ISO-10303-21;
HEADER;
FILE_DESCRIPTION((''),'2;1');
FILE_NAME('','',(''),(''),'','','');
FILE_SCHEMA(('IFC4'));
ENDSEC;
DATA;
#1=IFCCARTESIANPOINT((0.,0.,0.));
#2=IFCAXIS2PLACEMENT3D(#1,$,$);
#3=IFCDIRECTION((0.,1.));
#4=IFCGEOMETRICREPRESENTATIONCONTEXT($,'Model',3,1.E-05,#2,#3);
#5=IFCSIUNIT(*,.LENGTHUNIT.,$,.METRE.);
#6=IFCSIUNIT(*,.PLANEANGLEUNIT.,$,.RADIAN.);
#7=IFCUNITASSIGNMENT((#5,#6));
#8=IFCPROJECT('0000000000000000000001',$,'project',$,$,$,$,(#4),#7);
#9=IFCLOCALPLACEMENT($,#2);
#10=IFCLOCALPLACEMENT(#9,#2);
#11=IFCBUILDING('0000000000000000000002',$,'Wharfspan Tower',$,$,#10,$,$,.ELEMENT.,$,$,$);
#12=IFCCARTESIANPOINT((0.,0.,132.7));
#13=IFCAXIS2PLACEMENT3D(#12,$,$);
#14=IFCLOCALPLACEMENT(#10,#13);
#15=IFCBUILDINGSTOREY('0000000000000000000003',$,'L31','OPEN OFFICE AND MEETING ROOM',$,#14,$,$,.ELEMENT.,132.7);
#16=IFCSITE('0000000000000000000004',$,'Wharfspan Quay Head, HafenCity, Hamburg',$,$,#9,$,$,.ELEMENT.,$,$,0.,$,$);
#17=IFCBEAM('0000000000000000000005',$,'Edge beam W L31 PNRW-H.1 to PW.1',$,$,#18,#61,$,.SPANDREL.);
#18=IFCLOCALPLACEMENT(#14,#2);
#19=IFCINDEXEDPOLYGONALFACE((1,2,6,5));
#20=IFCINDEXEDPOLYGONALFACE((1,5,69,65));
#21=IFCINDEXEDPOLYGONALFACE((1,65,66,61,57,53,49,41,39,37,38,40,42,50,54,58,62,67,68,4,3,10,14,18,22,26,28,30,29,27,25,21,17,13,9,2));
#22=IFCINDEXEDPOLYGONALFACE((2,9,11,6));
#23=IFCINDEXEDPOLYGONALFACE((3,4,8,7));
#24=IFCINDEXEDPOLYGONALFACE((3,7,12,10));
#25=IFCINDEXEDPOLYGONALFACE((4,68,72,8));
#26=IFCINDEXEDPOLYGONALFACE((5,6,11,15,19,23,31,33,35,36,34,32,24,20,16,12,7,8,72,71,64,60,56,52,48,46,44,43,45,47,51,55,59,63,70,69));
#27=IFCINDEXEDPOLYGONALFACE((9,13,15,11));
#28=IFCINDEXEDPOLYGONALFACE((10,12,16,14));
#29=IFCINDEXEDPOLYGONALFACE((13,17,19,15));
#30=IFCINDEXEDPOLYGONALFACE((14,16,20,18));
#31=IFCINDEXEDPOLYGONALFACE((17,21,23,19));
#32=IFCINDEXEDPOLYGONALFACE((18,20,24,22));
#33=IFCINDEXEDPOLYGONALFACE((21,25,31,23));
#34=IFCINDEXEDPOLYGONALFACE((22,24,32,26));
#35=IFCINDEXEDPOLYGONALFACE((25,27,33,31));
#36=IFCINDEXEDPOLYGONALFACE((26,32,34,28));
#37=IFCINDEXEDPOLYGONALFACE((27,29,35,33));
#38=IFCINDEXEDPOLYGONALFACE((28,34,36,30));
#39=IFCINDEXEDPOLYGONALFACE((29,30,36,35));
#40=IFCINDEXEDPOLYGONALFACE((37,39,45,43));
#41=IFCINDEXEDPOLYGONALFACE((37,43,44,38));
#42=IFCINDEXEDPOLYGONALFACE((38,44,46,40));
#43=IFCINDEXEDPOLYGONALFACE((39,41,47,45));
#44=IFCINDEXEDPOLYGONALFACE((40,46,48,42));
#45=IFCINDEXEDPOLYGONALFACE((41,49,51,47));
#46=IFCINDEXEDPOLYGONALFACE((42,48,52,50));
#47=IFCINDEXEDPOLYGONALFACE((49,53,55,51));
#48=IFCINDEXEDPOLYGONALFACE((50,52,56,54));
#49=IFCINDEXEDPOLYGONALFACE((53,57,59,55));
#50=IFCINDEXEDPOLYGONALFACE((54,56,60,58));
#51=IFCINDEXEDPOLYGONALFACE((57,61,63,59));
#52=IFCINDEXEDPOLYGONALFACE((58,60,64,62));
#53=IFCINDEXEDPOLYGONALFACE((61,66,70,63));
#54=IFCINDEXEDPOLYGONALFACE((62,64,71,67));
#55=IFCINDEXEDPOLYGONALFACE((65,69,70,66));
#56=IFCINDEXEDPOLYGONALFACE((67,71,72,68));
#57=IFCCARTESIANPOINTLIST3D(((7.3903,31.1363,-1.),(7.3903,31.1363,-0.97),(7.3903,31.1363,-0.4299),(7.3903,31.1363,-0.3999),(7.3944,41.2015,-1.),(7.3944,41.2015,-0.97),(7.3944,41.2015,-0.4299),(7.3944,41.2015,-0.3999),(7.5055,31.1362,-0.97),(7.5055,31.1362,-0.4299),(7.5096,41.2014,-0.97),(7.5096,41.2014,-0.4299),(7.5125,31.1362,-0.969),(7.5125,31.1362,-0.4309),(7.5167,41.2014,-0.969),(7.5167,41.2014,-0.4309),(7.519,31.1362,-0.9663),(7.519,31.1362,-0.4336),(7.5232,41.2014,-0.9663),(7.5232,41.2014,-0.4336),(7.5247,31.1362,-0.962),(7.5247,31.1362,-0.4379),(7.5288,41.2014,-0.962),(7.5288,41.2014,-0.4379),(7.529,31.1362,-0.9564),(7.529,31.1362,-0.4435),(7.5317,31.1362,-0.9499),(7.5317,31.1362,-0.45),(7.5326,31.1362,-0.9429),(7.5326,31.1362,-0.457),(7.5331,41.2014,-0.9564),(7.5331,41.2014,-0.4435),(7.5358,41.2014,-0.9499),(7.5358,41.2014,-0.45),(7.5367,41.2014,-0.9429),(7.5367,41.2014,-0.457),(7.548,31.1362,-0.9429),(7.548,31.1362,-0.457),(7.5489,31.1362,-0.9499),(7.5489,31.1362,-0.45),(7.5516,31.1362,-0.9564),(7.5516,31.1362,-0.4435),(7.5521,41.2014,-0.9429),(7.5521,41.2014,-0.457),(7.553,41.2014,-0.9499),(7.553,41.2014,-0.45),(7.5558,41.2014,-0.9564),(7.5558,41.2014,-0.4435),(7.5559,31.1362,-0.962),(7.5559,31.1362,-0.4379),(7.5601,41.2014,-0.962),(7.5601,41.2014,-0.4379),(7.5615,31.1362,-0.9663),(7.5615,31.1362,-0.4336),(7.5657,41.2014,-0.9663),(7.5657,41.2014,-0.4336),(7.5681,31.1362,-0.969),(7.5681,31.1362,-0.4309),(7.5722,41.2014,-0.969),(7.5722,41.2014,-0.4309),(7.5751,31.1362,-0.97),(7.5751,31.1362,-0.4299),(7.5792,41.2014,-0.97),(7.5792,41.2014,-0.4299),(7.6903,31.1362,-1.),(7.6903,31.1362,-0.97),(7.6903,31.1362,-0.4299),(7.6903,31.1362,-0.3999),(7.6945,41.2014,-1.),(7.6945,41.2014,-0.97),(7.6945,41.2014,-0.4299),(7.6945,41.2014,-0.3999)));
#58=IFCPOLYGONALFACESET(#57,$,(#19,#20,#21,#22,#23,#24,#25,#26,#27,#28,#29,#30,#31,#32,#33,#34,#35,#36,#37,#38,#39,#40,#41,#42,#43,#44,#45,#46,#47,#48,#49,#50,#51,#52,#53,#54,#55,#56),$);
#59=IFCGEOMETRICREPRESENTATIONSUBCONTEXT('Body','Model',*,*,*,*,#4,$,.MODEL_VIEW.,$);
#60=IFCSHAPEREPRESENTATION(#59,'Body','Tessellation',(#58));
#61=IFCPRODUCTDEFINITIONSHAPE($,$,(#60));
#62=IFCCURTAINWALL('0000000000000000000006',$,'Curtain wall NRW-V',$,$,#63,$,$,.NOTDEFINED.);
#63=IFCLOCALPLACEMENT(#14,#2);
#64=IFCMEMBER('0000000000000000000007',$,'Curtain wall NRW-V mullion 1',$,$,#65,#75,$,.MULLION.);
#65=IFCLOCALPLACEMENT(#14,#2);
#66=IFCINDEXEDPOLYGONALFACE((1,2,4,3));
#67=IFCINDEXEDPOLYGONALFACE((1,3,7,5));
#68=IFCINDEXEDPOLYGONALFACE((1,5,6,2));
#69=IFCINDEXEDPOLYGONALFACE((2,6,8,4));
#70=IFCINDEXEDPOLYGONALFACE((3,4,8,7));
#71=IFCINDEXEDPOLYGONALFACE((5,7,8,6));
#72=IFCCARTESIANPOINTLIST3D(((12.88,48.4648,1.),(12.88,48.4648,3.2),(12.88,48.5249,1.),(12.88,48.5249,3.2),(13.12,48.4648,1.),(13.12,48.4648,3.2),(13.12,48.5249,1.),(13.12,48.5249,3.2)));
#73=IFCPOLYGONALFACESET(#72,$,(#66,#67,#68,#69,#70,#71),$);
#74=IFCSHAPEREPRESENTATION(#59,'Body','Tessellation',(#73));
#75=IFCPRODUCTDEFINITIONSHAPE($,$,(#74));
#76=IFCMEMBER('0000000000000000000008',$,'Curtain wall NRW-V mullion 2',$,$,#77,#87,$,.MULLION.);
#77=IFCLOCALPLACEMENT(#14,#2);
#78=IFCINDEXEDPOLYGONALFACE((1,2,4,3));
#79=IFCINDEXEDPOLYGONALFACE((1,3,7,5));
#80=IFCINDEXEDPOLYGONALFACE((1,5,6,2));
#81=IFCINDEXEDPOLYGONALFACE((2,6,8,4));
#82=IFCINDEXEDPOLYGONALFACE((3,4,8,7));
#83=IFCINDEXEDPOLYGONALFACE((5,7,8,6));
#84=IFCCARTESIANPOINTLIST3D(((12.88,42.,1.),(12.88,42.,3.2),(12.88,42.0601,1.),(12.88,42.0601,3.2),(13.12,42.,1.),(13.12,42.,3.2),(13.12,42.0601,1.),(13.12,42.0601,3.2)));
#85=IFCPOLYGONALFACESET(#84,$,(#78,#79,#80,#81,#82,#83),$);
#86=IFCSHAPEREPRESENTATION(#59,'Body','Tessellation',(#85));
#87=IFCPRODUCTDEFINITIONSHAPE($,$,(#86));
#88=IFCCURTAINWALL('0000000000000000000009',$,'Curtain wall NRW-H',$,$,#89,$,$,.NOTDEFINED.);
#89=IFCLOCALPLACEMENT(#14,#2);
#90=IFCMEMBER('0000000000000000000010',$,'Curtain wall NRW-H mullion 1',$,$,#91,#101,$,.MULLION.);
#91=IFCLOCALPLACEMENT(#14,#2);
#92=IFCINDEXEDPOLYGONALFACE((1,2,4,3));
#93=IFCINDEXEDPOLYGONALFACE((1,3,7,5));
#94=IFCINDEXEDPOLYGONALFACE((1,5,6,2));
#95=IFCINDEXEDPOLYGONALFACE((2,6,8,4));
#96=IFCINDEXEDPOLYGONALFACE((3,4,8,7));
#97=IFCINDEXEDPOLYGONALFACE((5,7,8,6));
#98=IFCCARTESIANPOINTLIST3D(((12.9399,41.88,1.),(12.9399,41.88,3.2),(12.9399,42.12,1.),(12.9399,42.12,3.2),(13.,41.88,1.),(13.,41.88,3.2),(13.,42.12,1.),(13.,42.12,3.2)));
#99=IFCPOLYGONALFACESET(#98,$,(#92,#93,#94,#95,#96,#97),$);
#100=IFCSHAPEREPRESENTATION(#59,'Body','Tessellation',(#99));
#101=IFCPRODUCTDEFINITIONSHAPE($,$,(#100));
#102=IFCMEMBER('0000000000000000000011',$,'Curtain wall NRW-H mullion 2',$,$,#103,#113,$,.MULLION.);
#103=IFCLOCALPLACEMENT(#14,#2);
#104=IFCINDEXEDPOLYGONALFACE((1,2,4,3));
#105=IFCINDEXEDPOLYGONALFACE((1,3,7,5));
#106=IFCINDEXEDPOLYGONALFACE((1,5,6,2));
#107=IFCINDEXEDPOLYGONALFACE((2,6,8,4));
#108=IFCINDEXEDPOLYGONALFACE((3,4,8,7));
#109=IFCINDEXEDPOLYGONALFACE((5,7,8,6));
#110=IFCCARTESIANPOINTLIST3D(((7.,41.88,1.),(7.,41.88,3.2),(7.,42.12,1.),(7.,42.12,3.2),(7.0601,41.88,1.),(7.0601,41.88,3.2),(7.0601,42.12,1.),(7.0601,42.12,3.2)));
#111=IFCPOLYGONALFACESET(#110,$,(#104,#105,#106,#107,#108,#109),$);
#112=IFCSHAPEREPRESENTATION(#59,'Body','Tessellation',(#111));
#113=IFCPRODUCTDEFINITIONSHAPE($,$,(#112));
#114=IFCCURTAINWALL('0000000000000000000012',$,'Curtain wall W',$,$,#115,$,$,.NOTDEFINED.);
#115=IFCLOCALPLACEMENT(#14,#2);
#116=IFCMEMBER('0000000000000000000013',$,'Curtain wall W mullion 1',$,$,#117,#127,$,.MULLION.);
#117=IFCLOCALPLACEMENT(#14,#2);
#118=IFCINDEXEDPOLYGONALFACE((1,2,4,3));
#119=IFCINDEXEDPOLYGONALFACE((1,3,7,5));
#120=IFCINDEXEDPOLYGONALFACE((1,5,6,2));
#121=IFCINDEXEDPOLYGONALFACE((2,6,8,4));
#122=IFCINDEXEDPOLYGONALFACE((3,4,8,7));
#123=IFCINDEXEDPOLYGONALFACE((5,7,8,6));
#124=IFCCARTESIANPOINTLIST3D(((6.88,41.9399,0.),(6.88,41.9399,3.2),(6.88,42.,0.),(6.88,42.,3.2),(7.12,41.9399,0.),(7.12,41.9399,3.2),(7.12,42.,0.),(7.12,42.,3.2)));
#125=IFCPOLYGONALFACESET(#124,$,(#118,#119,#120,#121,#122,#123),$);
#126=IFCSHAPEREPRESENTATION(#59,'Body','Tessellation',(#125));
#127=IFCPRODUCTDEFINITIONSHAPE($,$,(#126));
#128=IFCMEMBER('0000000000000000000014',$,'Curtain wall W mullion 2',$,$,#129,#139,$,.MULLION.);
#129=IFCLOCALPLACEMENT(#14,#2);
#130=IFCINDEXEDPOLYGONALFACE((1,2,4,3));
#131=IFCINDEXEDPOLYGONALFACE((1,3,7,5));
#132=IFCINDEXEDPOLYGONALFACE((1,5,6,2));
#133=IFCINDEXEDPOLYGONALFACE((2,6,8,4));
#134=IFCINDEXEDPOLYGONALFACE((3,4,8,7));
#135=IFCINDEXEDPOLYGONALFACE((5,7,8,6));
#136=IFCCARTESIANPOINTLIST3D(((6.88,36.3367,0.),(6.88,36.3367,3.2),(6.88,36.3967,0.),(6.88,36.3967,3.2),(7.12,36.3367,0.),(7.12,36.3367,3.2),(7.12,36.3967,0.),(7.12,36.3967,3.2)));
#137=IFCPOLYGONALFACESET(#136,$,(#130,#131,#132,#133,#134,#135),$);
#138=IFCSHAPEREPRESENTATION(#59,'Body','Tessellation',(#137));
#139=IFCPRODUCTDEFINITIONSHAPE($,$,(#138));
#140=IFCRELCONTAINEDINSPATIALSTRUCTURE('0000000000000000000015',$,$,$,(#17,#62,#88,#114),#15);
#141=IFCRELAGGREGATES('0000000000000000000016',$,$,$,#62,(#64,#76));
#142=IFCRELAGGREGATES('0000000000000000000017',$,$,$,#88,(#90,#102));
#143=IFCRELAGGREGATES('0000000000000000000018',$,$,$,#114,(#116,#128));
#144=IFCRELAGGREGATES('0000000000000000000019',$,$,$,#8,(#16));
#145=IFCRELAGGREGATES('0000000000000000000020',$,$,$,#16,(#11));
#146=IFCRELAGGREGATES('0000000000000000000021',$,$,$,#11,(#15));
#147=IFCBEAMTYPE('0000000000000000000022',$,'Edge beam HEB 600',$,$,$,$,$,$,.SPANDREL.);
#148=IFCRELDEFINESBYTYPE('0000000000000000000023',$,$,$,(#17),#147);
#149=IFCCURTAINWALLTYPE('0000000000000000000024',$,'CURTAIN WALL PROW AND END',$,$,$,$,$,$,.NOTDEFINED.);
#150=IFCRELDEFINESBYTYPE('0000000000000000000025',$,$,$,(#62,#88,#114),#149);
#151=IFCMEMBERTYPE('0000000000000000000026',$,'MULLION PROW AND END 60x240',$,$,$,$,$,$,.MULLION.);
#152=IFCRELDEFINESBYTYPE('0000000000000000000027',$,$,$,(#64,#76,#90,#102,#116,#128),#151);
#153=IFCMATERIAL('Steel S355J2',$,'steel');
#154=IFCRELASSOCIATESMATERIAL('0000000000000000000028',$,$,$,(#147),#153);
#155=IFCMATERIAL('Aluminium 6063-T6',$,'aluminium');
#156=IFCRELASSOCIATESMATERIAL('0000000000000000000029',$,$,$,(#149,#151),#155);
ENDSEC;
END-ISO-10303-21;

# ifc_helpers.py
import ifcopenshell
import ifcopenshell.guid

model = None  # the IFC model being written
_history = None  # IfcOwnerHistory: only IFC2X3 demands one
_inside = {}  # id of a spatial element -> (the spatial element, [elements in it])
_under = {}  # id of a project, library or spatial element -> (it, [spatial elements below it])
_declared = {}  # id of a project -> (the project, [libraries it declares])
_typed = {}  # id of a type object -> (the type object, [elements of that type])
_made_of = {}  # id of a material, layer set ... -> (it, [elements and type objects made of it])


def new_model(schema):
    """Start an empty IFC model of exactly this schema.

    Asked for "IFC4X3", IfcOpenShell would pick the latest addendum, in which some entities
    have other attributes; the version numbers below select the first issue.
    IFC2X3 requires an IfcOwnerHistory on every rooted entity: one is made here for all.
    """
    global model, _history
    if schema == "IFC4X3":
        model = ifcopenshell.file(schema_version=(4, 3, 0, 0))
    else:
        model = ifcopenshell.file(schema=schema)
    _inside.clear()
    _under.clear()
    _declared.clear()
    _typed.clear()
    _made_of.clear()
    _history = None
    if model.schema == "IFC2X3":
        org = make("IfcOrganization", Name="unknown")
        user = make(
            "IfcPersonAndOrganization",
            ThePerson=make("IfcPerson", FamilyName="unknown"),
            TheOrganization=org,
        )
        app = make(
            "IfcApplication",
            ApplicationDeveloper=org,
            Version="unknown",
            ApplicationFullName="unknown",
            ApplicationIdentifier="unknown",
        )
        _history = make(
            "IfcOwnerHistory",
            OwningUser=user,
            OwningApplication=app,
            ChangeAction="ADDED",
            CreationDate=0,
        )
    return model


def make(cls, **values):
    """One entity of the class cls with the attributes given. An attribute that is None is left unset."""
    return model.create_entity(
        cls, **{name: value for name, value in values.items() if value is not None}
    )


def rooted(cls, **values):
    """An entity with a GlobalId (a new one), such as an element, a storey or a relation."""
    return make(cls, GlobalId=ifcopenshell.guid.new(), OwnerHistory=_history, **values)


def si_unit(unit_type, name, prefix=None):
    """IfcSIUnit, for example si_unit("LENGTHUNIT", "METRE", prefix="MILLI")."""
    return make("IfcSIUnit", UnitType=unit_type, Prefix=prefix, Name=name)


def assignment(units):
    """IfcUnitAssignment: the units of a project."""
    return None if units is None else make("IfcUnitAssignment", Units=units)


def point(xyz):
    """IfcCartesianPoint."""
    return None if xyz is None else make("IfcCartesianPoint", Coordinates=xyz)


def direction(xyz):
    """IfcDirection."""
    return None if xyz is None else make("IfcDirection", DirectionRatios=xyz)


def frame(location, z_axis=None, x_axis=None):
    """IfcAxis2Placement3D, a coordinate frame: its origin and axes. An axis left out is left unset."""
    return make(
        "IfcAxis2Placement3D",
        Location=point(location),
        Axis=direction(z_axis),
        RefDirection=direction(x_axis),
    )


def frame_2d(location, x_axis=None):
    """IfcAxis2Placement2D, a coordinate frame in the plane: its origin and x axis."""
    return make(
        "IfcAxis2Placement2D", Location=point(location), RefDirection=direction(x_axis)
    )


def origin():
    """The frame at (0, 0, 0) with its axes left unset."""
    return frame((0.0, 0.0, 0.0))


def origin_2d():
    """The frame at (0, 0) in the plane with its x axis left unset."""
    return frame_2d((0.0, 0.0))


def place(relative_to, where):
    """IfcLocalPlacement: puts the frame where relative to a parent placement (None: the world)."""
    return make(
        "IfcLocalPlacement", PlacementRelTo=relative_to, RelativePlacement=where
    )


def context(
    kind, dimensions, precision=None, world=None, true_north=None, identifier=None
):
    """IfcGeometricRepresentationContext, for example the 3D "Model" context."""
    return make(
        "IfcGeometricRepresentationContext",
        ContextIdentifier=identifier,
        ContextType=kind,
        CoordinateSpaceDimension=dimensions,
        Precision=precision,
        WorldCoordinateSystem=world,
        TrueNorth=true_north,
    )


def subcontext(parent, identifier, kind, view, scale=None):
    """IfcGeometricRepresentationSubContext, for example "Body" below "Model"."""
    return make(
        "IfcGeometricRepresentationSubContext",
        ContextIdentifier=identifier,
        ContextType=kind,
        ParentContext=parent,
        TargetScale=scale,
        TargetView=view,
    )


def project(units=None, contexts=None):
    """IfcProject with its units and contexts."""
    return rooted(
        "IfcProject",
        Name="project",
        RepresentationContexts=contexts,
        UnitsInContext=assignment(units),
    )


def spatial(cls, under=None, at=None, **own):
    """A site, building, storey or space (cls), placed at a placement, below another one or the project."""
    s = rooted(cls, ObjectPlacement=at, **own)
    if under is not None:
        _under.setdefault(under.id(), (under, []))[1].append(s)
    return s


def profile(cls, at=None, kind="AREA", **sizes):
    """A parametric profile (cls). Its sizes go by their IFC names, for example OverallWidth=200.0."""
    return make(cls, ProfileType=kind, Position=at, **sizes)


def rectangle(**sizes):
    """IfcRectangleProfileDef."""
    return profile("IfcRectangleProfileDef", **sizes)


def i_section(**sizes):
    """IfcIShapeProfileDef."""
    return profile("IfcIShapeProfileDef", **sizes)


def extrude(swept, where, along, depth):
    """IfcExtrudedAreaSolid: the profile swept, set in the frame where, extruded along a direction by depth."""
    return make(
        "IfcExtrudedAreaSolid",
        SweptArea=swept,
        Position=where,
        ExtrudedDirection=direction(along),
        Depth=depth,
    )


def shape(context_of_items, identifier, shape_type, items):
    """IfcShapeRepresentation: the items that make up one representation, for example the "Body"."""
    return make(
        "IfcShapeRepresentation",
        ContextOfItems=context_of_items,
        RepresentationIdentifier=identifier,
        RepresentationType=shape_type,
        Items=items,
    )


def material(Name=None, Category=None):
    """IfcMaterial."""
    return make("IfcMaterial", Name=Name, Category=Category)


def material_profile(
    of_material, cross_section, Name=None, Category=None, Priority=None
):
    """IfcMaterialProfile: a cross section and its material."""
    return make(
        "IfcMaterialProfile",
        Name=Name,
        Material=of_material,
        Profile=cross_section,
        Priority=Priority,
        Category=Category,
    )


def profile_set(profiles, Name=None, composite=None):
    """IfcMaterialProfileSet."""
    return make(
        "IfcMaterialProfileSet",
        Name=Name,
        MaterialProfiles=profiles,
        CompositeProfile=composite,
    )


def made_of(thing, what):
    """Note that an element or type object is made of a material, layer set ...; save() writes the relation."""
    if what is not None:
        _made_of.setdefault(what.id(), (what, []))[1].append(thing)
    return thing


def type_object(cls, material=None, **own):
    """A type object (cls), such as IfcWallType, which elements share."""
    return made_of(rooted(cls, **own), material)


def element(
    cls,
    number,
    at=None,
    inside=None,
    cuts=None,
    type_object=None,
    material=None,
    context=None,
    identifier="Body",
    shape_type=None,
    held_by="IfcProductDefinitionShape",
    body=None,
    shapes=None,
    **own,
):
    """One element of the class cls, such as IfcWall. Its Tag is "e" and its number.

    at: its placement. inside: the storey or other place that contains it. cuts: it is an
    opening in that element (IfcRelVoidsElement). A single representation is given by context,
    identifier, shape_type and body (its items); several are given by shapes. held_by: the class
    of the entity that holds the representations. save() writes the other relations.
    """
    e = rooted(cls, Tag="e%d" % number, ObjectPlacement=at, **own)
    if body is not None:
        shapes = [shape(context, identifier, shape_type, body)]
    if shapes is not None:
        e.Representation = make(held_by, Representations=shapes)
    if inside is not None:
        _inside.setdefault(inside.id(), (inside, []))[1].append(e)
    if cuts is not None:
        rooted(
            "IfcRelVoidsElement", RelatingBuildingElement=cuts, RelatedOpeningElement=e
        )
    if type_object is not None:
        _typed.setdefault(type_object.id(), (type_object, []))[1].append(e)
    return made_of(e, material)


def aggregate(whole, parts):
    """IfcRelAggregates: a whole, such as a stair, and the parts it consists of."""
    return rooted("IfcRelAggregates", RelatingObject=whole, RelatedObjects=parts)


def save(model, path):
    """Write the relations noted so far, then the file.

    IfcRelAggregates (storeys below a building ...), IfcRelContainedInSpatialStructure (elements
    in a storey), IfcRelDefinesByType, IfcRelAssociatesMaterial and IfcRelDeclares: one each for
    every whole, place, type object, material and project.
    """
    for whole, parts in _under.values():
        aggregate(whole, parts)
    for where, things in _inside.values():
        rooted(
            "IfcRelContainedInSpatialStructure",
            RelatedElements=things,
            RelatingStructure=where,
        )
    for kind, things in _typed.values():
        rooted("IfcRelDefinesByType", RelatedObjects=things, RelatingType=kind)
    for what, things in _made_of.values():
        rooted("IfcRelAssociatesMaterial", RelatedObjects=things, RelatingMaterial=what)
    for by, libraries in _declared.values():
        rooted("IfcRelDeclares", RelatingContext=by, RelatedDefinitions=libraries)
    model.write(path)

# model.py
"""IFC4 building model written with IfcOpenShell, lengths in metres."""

from ifc_helpers import new_model, si_unit, direction, frame, origin, origin_2d, place, context, subcontext, project, spatial, rectangle, i_section, extrude, material, material_profile, profile_set, type_object, element, aggregate, save


model = new_model("IFC4")

# Units and contexts
model_context = context("Model", 3, precision=1e-05, world=origin(), true_north=direction((0.0, 1.0)))
body_context = subcontext(model_context, "Body", "Model", "MODEL_VIEW")
ifc_project = project(units=[si_unit("LENGTHUNIT", "METRE"), si_unit("PLANEANGLEUNIT", "RADIAN")], contexts=[model_context])

# Site, building, storey
site_placement = place(None, origin())
site = spatial("IfcSite", under=ifc_project, at=site_placement, Name="Wharfspan Quay Head, HafenCity, Hamburg", CompositionType="ELEMENT", RefElevation=0.0)
building_placement = place(site_placement, origin())
building = spatial("IfcBuilding", under=site, at=building_placement, Name="Wharfspan Tower", CompositionType="ELEMENT")
storey_placement = place(building_placement, frame((0.0, 0.0, 132.7)))
storey = spatial("IfcBuildingStorey", under=building, at=storey_placement, Name="L31", Description="OPEN OFFICE AND MEETING ROOM", CompositionType="ELEMENT", Elevation=132.7)

# Shared definitions
ifc_material_1 = material(Name="Steel S355J2", Category="steel")

# Beam
ifc_material_profile_1 = material_profile(ifc_material_1, i_section(OverallWidth=0.3, OverallDepth=0.6001, WebThickness=0.0154, FlangeThickness=0.03, FilletRadius=0.0271, at=origin_2d()))
ifc_profile_set_1 = profile_set([ifc_material_profile_1], Name="Steel S355J2")
beam_type = type_object("IfcBeamType", Name="Edge beam HEB 600", PredefinedType="SPANDREL", material=ifc_profile_set_1)
beam_placement = place(storey_placement, frame((7.5444, 41.2014, -0.7), z_axis=(-0.000412, -1.0, 0.0), x_axis=(1.0, -0.000412, 0.0)))
element("IfcBeam", 1, at=beam_placement, inside=storey, type_object=beam_type, Name="Edge beam W L31 PNRW-H.1 to PW.1", PredefinedType="SPANDREL", context=body_context, shape_type="SweptSolid", body=[
    extrude(i_section(OverallWidth=0.3, OverallDepth=0.6001, WebThickness=0.0154, FlangeThickness=0.03, FilletRadius=0.0271, at=origin_2d()), origin(), (0.0, 0.0, 1.0), 10.0652),
])

# Curtain walls, members
ifc_material_2 = material(Name="Aluminium 6063-T6", Category="aluminium")
curtain_wall_type = type_object("IfcCurtainWallType", Name="CURTAIN WALL PROW AND END", PredefinedType="NOTDEFINED", material=ifc_material_2)
curtain_wall_1_placement = place(storey_placement, origin())
curtain_wall_1 = element("IfcCurtainWall", 2, at=curtain_wall_1_placement, inside=storey, type_object=curtain_wall_type, Name="Curtain wall NRW-V", PredefinedType="NOTDEFINED")
ifc_material_profile_2 = material_profile(ifc_material_2, rectangle(XDim=0.24, YDim=0.0601, at=origin_2d()))
ifc_profile_set_2 = profile_set([ifc_material_profile_2], Name="Aluminium 6063-T6")
member_type_1 = type_object("IfcMemberType", Name="MULLION PROW AND END 60x240", PredefinedType="MULLION", material=ifc_profile_set_2)
member_1_placement = place(storey_placement, frame((13.0, 48.4949, 1.0), z_axis=(0.0, 0.0, 1.0), x_axis=(1.0, 0.0, 0.0)))
member_1 = element("IfcMember", 3, at=member_1_placement, type_object=member_type_1, Name="Curtain wall NRW-V mullion 1", PredefinedType="MULLION", context=body_context, shape_type="SweptSolid", body=[
    extrude(rectangle(XDim=0.24, YDim=0.0601, at=origin_2d()), origin(), (0.0, 0.0, 1.0), 2.2),
])
member_2_placement = place(storey_placement, frame((13.0, 42.03, 1.0), z_axis=(0.0, 0.0, 1.0), x_axis=(1.0, 0.0, 0.0)))
member_2 = element("IfcMember", 4, at=member_2_placement, type_object=member_type_1, Name="Curtain wall NRW-V mullion 2", PredefinedType="MULLION", context=body_context, shape_type="SweptSolid", body=[
    extrude(rectangle(XDim=0.24, YDim=0.0601, at=origin_2d()), origin(), (0.0, 0.0, 1.0), 2.2),
])
curtain_wall_2_placement = place(storey_placement, origin())
curtain_wall_2 = element("IfcCurtainWall", 5, at=curtain_wall_2_placement, inside=storey, type_object=curtain_wall_type, Name="Curtain wall NRW-H", PredefinedType="NOTDEFINED")
member_3_placement = place(storey_placement, frame((12.97, 42.0, 1.0), z_axis=(0.0, 0.0, 1.0), x_axis=(0.0, -1.0, 0.0)))
member_3 = element("IfcMember", 6, at=member_3_placement, type_object=member_type_1, Name="Curtain wall NRW-H mullion 1", PredefinedType="MULLION", context=body_context, shape_type="SweptSolid", body=[
    extrude(rectangle(XDim=0.24, YDim=0.0601, at=origin_2d()), origin(), (0.0, 0.0, 1.0), 2.2),
])
member_4_placement = place(storey_placement, frame((7.03, 42.0, 1.0), z_axis=(0.0, 0.0, 1.0), x_axis=(0.0, -1.0, 0.0)))
member_4 = element("IfcMember", 7, at=member_4_placement, type_object=member_type_1, Name="Curtain wall NRW-H mullion 2", PredefinedType="MULLION", context=body_context, shape_type="SweptSolid", body=[
    extrude(rectangle(XDim=0.24, YDim=0.0601, at=origin_2d()), origin(), (0.0, 0.0, 1.0), 2.2),
])
curtain_wall_3_placement = place(storey_placement, origin())
curtain_wall_3 = element("IfcCurtainWall", 8, at=curtain_wall_3_placement, inside=storey, type_object=curtain_wall_type, Name="Curtain wall W", PredefinedType="NOTDEFINED")
member_5_placement = place(storey_placement, frame((7.0, 41.97, 0.0), z_axis=(0.0, 0.0, 1.0), x_axis=(1.0, 0.0, 0.0)))
member_5 = element("IfcMember", 9, at=member_5_placement, type_object=member_type_1, Name="Curtain wall W mullion 1", PredefinedType="MULLION", context=body_context, shape_type="SweptSolid", body=[
    extrude(rectangle(XDim=0.24, YDim=0.0601, at=origin_2d()), origin(), (0.0, 0.0, 1.0), 3.2),
])
member_6_placement = place(storey_placement, frame((7.0, 36.3667, 0.0), z_axis=(0.0, 0.0, 1.0), x_axis=(1.0, 0.0, 0.0)))
member_6 = element("IfcMember", 10, at=member_6_placement, type_object=member_type_1, Name="Curtain wall W mullion 2", PredefinedType="MULLION", context=body_context, shape_type="SweptSolid", body=[
    extrude(rectangle(XDim=0.24, YDim=0.0601, at=origin_2d()), origin(), (0.0, 0.0, 1.0), 3.2),
])

aggregate(curtain_wall_1, [member_1, member_2])
aggregate(curtain_wall_2, [member_3, member_4])
aggregate(curtain_wall_3, [member_5, member_6])

save(model, "model.ifc")
